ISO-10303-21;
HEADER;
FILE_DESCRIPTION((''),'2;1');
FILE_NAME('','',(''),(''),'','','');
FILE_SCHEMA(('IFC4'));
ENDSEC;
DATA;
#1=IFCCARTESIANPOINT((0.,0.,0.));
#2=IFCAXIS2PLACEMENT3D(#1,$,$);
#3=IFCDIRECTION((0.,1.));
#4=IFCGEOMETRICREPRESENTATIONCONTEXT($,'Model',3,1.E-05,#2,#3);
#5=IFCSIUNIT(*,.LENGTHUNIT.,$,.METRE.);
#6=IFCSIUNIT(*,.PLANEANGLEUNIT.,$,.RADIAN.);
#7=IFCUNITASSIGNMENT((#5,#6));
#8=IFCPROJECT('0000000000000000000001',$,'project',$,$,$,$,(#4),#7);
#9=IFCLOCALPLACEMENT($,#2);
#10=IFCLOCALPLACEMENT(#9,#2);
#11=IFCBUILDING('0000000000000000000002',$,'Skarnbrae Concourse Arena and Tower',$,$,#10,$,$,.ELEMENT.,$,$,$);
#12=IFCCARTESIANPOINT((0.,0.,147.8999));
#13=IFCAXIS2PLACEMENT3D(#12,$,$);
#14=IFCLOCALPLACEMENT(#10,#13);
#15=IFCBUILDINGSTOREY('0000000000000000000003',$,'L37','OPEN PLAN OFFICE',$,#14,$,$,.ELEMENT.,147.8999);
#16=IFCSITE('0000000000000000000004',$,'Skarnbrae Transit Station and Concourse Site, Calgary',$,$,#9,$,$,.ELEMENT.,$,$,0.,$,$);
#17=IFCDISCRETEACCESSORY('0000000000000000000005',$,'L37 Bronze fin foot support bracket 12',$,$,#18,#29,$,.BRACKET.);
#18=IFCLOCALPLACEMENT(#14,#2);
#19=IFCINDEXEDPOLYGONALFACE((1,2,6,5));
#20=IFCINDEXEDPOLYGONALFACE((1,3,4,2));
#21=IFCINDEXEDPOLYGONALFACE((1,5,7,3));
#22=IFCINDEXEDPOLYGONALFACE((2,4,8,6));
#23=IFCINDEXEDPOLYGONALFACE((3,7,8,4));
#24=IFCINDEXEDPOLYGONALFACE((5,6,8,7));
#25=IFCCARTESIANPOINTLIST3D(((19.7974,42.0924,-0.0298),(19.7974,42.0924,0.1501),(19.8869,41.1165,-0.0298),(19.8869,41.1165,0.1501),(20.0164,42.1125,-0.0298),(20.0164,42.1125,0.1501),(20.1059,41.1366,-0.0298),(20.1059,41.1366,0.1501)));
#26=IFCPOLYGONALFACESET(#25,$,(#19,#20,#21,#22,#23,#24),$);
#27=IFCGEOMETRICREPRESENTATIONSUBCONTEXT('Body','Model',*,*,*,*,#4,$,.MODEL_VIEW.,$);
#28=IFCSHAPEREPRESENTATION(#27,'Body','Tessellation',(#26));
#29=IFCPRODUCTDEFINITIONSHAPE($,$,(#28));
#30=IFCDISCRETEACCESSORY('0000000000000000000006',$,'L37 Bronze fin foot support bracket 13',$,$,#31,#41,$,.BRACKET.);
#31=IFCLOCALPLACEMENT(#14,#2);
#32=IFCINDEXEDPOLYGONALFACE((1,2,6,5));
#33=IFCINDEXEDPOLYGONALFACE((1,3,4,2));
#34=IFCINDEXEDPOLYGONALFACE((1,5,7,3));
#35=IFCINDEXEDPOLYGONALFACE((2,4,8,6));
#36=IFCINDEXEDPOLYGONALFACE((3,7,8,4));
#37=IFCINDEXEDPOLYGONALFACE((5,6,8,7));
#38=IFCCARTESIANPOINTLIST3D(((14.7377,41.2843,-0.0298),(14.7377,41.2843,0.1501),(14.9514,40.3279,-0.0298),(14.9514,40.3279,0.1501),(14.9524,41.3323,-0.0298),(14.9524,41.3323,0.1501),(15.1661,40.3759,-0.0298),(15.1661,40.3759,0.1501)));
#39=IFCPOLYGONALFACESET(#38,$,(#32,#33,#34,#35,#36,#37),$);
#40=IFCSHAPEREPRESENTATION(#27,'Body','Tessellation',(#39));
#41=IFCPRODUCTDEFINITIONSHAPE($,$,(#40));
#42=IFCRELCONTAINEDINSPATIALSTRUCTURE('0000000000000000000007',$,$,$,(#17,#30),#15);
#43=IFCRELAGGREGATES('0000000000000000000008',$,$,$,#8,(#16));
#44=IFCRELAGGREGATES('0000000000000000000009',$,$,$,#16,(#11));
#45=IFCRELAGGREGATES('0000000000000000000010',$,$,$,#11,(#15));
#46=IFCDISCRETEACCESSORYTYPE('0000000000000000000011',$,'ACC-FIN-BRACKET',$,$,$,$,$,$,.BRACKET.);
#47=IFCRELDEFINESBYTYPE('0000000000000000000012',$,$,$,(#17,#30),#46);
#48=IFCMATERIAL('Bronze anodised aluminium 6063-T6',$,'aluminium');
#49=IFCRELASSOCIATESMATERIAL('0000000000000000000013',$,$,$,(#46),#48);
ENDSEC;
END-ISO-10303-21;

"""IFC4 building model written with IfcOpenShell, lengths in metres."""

from ifc_helpers import new_model, si_unit, direction, frame, origin, origin_2d, place, context, subcontext, project, spatial, rectangle, extrude, source, transform, mapped, material, type_object, element, save


model = new_model("IFC4")

# Units and contexts
model_context = context("Model", 3, precision=1e-05, world=origin(), true_north=direction((0.0, 1.0)))
body_context = subcontext(model_context, "Body", "Model", "MODEL_VIEW")
ifc_project = project(units=[si_unit("LENGTHUNIT", "METRE"), si_unit("PLANEANGLEUNIT", "RADIAN")], contexts=[model_context])

# Site, building, storey
site_placement = place(None, origin())
site = spatial("IfcSite", under=ifc_project, at=site_placement, Name="Skarnbrae Transit Station and Concourse Site, Calgary", CompositionType="ELEMENT", RefElevation=0.0)
building_placement = place(site_placement, origin())
building = spatial("IfcBuilding", under=site, at=building_placement, Name="Skarnbrae Concourse Arena and Tower", CompositionType="ELEMENT")
storey_placement = place(building_placement, frame((0.0, 0.0, 147.8999)))
storey = spatial("IfcBuildingStorey", under=building, at=storey_placement, Name="L37", Description="OPEN PLAN OFFICE", CompositionType="ELEMENT", Elevation=147.8999)

# Shared definitions
ifc_material_1 = material(Name="Bronze anodised aluminium 6063-T6", Category="aluminium")

# Discrete accessories
discrete_accessory_type = type_object("IfcDiscreteAccessoryType", Name="ACC-FIN-BRACKET", PredefinedType="BRACKET", material=ifc_material_1)
shared_shape_1 = source(origin(), body_context, "Body", "SweptSolid", [
    extrude(rectangle(XDim=0.22, YDim=0.98, at=origin_2d()), origin(), (0.0, 0.0, 1.0), 0.1799),
])
for number, where, z_axis, x_axis, name in (
    (1, (19.9517, 41.6145, -0.0298), (0.0, 0.0, 1.0), (0.995819, 0.091345, 0.0), "L37 Bronze fin foot support bracket 12"),
    (2, (14.9519, 40.8301, -0.0298), (0.0, 0.0, 1.0), (0.975936, 0.218058, 0.0), "L37 Bronze fin foot support bracket 13"),
):
    element("IfcDiscreteAccessory", number, at=place(storey_placement, frame(where, z_axis=z_axis, x_axis=x_axis)), inside=storey, type_object=discrete_accessory_type, Name=name, PredefinedType="BRACKET", context=body_context, shape_type="MappedRepresentation", body=[
        mapped(shared_shape_1, transform((0.0, 0.0, 0.0))),
    ])

save(model, "model.ifc")
